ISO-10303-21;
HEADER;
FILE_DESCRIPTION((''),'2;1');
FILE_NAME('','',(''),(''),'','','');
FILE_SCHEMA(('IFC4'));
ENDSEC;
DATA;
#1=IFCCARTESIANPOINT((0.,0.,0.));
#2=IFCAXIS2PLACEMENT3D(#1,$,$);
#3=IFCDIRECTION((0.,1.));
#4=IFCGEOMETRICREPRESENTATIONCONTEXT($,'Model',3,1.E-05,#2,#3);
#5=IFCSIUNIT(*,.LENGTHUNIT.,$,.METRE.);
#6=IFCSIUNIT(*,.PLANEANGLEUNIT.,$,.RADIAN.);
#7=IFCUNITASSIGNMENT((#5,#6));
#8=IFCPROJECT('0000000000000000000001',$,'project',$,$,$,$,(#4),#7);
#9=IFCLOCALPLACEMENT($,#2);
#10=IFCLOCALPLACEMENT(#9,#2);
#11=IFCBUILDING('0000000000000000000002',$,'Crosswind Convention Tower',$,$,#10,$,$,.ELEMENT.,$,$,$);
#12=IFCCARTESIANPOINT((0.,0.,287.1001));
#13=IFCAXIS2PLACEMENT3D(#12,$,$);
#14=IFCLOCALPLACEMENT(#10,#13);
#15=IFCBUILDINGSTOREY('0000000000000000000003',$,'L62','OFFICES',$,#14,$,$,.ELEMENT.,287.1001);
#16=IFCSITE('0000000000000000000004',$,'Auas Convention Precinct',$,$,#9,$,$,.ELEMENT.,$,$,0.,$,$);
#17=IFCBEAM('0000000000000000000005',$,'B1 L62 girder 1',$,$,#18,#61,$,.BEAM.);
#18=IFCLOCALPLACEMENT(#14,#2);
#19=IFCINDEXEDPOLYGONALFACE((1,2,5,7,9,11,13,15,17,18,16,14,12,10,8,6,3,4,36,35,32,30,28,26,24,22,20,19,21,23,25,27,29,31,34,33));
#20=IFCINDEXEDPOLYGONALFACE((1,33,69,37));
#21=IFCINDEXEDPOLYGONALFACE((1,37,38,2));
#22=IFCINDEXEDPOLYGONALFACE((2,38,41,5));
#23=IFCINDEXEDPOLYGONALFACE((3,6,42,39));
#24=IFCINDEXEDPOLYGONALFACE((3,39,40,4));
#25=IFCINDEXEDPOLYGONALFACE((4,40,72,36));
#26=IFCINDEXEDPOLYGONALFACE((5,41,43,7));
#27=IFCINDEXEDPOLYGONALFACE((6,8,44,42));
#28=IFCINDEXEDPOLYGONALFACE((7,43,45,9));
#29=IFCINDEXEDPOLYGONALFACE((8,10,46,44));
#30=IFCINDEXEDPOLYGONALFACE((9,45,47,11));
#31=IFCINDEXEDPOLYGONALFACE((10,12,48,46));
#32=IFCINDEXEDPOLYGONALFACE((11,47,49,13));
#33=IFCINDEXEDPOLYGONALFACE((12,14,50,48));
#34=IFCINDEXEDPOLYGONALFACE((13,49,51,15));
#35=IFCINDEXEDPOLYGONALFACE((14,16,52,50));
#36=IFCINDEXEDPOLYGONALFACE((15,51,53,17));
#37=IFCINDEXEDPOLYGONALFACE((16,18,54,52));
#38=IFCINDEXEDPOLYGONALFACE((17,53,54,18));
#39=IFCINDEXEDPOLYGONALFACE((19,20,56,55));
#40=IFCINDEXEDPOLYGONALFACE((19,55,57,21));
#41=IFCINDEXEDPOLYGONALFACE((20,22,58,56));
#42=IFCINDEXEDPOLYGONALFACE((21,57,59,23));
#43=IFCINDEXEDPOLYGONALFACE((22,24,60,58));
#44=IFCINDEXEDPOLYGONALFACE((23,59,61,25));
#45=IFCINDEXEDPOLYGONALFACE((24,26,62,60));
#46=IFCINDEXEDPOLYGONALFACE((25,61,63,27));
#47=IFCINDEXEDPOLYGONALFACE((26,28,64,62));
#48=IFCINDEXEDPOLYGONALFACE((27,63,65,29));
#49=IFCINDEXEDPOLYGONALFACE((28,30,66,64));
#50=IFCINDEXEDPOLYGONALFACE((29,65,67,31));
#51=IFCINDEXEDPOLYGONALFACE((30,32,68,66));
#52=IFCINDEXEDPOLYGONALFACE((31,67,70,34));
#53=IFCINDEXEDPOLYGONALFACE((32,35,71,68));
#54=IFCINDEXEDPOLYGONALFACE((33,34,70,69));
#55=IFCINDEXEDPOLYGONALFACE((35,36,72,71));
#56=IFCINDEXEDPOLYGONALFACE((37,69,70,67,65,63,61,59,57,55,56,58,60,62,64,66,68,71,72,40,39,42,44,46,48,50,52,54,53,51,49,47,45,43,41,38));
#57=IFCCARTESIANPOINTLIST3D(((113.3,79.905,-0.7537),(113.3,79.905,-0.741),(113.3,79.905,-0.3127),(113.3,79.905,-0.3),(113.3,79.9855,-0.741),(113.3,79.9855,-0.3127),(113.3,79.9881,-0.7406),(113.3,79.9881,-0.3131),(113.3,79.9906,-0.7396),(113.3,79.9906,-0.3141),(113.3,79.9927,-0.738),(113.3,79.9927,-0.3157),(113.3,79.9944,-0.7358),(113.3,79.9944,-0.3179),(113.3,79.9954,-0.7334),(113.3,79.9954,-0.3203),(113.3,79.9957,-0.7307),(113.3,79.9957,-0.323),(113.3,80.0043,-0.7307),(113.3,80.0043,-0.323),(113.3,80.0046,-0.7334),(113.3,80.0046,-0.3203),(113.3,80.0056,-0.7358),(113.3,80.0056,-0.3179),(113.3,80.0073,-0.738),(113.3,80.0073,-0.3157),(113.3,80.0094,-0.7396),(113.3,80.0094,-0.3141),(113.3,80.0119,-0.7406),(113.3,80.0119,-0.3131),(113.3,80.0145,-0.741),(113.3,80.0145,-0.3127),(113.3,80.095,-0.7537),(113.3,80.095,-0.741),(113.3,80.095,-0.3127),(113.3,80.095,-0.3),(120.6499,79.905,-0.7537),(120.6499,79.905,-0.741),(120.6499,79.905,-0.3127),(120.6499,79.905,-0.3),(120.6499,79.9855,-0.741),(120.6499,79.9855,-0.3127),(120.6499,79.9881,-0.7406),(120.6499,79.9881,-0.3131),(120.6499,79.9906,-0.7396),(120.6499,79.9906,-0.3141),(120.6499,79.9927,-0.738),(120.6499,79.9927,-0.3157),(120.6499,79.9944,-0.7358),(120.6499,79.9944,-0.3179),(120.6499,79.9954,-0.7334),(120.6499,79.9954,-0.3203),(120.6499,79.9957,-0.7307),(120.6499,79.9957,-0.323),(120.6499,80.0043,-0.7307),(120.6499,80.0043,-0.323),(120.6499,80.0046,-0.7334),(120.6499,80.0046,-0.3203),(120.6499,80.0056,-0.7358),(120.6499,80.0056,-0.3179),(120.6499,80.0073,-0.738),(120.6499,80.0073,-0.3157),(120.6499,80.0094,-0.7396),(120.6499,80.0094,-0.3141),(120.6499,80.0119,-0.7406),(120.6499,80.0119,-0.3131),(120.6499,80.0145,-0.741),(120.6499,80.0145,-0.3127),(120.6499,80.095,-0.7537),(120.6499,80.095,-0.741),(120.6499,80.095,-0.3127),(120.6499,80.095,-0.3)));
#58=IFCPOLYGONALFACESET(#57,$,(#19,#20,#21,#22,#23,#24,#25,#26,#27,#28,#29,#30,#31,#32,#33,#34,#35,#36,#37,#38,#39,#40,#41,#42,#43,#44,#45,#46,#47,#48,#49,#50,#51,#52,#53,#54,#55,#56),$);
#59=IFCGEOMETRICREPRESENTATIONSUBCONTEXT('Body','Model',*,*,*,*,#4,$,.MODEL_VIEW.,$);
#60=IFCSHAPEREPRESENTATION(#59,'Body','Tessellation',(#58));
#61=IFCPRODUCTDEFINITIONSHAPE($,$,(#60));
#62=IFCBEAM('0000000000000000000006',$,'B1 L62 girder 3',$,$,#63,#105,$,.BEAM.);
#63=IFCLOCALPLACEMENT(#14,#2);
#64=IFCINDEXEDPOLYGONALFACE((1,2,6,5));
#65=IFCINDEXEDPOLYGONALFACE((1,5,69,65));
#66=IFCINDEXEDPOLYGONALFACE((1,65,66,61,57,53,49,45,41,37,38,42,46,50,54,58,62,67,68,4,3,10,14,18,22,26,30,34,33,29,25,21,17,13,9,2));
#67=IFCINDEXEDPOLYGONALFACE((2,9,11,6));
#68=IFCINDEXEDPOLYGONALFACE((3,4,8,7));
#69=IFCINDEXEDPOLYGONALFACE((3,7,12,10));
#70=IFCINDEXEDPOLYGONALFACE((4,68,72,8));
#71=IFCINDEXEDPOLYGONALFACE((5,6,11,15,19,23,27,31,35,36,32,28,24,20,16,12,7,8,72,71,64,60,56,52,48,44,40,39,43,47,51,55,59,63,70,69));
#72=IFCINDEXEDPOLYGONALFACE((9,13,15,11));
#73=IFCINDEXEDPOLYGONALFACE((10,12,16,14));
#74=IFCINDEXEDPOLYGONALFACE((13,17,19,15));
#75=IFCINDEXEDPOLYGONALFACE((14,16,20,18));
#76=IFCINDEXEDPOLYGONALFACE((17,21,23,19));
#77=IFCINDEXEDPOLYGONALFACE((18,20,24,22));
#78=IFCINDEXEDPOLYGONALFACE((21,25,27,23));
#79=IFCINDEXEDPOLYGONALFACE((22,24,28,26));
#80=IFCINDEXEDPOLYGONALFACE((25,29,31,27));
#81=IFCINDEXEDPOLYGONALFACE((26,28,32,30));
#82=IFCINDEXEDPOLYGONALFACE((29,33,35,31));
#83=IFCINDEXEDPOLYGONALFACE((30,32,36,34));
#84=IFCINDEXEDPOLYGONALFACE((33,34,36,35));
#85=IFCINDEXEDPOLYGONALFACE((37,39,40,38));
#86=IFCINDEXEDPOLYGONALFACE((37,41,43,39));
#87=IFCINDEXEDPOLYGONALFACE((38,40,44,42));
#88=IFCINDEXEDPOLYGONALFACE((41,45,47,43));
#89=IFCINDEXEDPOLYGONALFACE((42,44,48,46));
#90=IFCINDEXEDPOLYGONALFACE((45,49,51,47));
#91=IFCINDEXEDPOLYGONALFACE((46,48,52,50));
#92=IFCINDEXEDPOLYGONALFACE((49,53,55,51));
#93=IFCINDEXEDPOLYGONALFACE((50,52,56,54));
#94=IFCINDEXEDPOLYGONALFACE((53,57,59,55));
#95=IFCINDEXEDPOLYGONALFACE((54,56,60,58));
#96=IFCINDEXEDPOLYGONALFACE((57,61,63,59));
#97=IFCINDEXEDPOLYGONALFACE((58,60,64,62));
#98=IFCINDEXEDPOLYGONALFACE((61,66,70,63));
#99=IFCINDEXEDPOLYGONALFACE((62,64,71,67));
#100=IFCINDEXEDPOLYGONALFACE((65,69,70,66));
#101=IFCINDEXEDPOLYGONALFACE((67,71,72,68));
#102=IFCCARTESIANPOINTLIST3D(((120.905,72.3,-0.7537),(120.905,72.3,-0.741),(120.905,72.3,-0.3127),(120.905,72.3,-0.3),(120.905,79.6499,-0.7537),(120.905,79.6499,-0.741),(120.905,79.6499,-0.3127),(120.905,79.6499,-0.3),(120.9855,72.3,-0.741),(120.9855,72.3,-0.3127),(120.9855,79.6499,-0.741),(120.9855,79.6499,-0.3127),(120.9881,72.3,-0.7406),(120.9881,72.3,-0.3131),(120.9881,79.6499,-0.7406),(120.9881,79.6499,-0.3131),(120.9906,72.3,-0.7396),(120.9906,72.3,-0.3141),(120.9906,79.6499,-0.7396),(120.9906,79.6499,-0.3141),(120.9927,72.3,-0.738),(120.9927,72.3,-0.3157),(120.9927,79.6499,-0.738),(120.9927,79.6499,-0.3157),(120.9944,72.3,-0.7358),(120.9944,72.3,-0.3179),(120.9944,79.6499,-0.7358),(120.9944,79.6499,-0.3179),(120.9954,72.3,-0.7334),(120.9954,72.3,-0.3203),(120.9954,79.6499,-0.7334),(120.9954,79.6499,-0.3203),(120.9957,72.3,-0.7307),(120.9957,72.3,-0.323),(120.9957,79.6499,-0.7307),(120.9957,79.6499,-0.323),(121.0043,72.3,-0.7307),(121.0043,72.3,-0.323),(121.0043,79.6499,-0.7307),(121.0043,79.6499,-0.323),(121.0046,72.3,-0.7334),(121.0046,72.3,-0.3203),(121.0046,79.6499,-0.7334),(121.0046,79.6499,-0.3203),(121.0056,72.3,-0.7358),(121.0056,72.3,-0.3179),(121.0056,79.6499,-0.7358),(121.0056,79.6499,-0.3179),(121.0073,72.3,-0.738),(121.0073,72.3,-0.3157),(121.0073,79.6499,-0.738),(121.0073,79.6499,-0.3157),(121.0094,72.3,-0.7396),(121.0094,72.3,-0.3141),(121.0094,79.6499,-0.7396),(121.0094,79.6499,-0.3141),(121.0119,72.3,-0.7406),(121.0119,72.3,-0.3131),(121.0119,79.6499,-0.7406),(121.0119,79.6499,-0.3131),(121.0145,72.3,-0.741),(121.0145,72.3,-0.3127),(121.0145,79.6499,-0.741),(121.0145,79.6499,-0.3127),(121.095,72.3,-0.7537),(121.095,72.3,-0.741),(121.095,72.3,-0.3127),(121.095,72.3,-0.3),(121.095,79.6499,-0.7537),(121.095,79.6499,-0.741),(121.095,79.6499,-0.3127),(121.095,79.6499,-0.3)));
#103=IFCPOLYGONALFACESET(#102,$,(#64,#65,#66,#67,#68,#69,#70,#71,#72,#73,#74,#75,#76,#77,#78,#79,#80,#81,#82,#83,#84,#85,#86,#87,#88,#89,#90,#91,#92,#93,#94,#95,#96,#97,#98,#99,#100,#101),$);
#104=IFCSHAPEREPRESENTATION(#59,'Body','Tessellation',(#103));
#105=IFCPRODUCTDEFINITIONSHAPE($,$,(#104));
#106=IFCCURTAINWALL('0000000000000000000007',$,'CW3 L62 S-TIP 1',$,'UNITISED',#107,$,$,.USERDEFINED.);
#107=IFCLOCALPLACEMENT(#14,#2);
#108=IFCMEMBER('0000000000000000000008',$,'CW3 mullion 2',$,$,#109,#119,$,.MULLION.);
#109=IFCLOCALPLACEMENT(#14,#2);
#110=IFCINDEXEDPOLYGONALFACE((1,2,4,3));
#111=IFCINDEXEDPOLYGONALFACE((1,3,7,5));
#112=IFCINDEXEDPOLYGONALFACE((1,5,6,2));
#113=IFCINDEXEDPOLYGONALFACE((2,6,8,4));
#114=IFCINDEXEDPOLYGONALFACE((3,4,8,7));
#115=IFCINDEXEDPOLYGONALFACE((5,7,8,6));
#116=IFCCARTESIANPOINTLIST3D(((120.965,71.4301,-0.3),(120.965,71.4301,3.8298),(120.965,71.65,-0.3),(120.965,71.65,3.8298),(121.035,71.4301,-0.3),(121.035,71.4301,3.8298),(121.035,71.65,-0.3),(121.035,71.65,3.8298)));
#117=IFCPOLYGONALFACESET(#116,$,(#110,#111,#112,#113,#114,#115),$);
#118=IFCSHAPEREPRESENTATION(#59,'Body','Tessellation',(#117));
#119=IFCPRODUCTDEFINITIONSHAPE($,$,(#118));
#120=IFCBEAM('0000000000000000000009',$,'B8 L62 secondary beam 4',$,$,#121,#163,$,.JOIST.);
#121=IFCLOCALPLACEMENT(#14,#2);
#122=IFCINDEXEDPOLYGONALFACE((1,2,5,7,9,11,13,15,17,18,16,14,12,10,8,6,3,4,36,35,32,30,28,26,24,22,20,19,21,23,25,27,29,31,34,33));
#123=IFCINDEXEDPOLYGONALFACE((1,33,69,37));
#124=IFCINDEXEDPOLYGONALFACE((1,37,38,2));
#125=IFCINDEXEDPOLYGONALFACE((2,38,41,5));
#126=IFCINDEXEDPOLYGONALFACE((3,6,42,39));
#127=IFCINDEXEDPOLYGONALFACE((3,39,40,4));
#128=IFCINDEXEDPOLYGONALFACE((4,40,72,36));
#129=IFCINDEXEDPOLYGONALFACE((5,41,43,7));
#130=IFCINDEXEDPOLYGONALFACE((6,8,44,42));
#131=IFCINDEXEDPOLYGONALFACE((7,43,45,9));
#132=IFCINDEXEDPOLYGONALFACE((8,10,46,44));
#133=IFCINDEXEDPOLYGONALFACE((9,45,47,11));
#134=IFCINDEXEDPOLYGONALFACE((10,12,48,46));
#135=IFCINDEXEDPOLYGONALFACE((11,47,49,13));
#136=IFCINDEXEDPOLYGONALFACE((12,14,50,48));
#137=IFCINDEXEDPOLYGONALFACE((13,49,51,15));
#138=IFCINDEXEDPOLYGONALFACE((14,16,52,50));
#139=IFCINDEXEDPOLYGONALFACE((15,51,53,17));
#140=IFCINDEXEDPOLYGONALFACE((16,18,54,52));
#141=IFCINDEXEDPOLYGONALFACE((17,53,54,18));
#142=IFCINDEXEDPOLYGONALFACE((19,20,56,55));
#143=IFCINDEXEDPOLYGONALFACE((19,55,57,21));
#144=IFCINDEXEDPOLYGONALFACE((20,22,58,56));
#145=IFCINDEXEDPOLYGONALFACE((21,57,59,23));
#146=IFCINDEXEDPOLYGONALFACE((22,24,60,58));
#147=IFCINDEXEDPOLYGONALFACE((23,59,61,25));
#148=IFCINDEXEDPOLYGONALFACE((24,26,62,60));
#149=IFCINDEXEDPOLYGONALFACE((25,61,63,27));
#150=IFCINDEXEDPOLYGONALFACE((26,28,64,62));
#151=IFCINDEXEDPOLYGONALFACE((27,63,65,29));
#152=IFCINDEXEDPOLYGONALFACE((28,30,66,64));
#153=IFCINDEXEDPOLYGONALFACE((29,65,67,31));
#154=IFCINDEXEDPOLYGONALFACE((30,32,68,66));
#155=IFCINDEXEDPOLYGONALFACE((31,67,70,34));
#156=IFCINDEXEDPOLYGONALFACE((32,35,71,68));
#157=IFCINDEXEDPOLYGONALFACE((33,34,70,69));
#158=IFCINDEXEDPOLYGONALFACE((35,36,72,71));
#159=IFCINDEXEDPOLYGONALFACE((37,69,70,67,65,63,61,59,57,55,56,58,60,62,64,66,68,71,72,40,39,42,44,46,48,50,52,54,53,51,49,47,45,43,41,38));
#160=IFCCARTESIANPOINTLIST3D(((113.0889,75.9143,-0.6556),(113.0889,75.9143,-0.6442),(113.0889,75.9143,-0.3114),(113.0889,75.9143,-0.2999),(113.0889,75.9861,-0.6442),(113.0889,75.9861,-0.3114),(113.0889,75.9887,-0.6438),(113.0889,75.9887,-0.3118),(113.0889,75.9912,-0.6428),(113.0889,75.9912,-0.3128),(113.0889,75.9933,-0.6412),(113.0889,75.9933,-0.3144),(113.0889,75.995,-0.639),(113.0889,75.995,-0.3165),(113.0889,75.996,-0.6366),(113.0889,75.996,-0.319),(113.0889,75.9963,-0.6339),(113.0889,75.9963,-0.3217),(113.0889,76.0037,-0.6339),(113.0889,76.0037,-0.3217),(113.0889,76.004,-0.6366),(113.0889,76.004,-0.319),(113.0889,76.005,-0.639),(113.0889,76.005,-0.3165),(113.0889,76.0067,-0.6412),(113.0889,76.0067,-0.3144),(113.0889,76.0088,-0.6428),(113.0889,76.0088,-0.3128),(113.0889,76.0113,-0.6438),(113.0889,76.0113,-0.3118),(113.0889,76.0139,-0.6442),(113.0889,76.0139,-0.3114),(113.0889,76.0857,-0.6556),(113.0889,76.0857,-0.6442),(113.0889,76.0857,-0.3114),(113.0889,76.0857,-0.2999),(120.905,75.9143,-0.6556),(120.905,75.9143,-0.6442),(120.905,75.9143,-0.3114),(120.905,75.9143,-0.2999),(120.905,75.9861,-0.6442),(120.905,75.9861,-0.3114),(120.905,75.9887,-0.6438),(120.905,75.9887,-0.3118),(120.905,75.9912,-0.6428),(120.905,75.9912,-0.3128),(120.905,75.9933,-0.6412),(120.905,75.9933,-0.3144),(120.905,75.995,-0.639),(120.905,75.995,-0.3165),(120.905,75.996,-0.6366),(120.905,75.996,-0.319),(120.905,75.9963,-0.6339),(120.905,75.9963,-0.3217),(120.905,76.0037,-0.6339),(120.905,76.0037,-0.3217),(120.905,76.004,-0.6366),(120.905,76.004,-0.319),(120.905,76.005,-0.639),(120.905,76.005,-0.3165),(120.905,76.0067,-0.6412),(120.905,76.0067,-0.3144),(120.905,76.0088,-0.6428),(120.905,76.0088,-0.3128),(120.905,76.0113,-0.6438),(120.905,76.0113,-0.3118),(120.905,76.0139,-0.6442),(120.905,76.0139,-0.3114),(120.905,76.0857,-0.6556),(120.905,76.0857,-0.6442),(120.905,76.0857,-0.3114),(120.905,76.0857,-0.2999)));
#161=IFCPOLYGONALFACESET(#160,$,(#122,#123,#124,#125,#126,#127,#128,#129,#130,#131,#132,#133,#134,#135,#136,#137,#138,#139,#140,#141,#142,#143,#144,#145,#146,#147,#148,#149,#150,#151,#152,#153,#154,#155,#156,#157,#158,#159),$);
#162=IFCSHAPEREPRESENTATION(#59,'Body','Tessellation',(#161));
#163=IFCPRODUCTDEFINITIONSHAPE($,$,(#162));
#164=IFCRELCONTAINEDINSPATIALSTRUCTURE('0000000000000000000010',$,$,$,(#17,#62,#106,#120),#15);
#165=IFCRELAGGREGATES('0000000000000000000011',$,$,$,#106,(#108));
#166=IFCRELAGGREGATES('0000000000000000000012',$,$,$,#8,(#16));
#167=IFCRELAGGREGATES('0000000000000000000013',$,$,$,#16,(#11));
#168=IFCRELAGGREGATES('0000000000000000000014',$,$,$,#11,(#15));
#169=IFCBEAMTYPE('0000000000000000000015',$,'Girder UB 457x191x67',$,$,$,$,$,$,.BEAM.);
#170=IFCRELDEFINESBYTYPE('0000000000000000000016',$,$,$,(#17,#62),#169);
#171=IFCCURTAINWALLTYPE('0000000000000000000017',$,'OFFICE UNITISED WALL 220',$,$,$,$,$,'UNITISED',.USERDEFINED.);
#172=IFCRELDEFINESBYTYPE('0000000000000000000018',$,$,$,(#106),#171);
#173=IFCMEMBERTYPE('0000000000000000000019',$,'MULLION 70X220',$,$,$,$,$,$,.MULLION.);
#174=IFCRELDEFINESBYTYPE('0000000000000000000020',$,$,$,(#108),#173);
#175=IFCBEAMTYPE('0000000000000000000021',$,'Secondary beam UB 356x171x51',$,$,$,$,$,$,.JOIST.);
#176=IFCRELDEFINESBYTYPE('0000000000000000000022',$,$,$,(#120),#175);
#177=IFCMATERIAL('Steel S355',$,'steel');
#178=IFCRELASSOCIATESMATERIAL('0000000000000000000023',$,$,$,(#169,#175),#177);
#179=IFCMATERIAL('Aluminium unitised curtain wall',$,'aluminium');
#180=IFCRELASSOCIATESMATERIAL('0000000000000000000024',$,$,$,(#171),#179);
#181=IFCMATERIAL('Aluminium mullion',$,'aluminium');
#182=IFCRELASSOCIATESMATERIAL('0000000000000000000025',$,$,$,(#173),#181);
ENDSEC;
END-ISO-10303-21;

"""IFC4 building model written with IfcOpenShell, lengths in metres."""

from ifc_helpers import new_model, si_unit, direction, frame, origin, origin_2d, place, context, subcontext, project, spatial, rectangle, i_section, extrude, material, material_profile, profile_set, type_object, element, aggregate, save


model = new_model("IFC4")

# Units and contexts
model_context = context("Model", 3, precision=1e-05, world=origin(), true_north=direction((0.0, 1.0)))
body_context = subcontext(model_context, "Body", "Model", "MODEL_VIEW")
ifc_project = project(units=[si_unit("LENGTHUNIT", "METRE"), si_unit("PLANEANGLEUNIT", "RADIAN")], contexts=[model_context])

# Site, building, storey
site_placement = place(None, origin())
site = spatial("IfcSite", under=ifc_project, at=site_placement, Name="Auas Convention Precinct", CompositionType="ELEMENT", RefElevation=0.0)
building_placement = place(site_placement, origin())
building = spatial("IfcBuilding", under=site, at=building_placement, Name="Crosswind Convention Tower", CompositionType="ELEMENT")
storey_placement = place(building_placement, frame((0.0, 0.0, 287.1001)))
storey = spatial("IfcBuildingStorey", under=building, at=storey_placement, Name="L62", Description="OFFICES", CompositionType="ELEMENT", Elevation=287.1001)

# Beams
ifc_material_1 = material(Name="Steel S355", Category="steel")
ifc_material_profile_1 = material_profile(ifc_material_1, i_section(OverallWidth=0.1899, OverallDepth=0.4536, WebThickness=0.0085, FlangeThickness=0.0127, FilletRadius=0.0103, at=origin_2d()), Name="UB 457x191x67")
ifc_profile_set_1 = profile_set([ifc_material_profile_1], Name="Steel S355")
beam_type_1 = type_object("IfcBeamType", Name="Girder UB 457x191x67", PredefinedType="BEAM", material=ifc_profile_set_1)
for number, where, z_axis, x_axis, name in (
    (1, (113.3, 80.0, -0.5269), (1.0, 0.0, 0.0), (0.0, 1.0, 0.0), "B1 L62 girder 1"),
    (2, (121.0, 72.3, -0.5269), (0.0, 1.0, 0.0), (-1.0, 0.0, 0.0), "B1 L62 girder 3"),
):
    element("IfcBeam", number, at=place(storey_placement, frame(where, z_axis=z_axis, x_axis=x_axis)), inside=storey, type_object=beam_type_1, Name=name, PredefinedType="BEAM", context=body_context, shape_type="SweptSolid", body=[
        extrude(i_section(OverallWidth=0.1899, OverallDepth=0.4536, WebThickness=0.0085, FlangeThickness=0.0127, FilletRadius=0.0103, at=origin_2d()), origin(), (0.0, 0.0, 1.0), 7.3499),
    ])

# Curtain wall, member
ifc_material_2 = material(Name="Aluminium unitised curtain wall", Category="aluminium")
curtain_wall_type = type_object("IfcCurtainWallType", Name="OFFICE UNITISED WALL 220", ElementType="UNITISED", PredefinedType="USERDEFINED", material=ifc_material_2)
curtain_wall_placement = place(storey_placement, origin())
curtain_wall = element("IfcCurtainWall", 3, at=curtain_wall_placement, inside=storey, type_object=curtain_wall_type, Name="CW3 L62 S-TIP 1", ObjectType="UNITISED", PredefinedType="USERDEFINED")
ifc_material_3 = material(Name="Aluminium mullion", Category="aluminium")
ifc_material_profile_2 = material_profile(ifc_material_3, rectangle(XDim=0.22, YDim=0.0701, at=origin_2d()), Name="AL 220X70")
ifc_profile_set_2 = profile_set([ifc_material_profile_2], Name="Aluminium mullion")
member_type = type_object("IfcMemberType", Name="MULLION 70X220", PredefinedType="MULLION", material=ifc_profile_set_2)
member_placement = place(storey_placement, frame((121.0, 71.54, -0.3), z_axis=(0.0, 0.0, 1.0), x_axis=(0.0, -1.0, 0.0)))
member = element("IfcMember", 4, at=member_placement, type_object=member_type, Name="CW3 mullion 2", PredefinedType="MULLION", context=body_context, shape_type="SweptSolid", body=[
    extrude(rectangle(XDim=0.22, YDim=0.0701, at=origin_2d()), origin(), (0.0, 0.0, 1.0), 4.1299),
])

# Beam
ifc_material_profile_3 = material_profile(ifc_material_1, i_section(OverallWidth=0.1714, OverallDepth=0.3557, WebThickness=0.0073, FlangeThickness=0.0115, FilletRadius=0.0103, at=origin_2d()), Name="UB 356x171x51")
ifc_profile_set_3 = profile_set([ifc_material_profile_3], Name="Steel S355")
beam_type_2 = type_object("IfcBeamType", Name="Secondary beam UB 356x171x51", PredefinedType="JOIST", material=ifc_profile_set_3)
beam_1_placement = place(storey_placement, frame((113.0889, 76.0, -0.4778), z_axis=(1.0, 0.0, 0.0), x_axis=(0.0, 1.0, 0.0)))
element("IfcBeam", 5, at=beam_1_placement, inside=storey, type_object=beam_type_2, Name="B8 L62 secondary beam 4", PredefinedType="JOIST", context=body_context, shape_type="SweptSolid", body=[
    extrude(i_section(OverallWidth=0.1714, OverallDepth=0.3557, WebThickness=0.0073, FlangeThickness=0.0115, FilletRadius=0.0103, at=origin_2d()), origin(), (0.0, 0.0, 1.0), 7.8162),
])

aggregate(curtain_wall, [member])

save(model, "model.ifc")
